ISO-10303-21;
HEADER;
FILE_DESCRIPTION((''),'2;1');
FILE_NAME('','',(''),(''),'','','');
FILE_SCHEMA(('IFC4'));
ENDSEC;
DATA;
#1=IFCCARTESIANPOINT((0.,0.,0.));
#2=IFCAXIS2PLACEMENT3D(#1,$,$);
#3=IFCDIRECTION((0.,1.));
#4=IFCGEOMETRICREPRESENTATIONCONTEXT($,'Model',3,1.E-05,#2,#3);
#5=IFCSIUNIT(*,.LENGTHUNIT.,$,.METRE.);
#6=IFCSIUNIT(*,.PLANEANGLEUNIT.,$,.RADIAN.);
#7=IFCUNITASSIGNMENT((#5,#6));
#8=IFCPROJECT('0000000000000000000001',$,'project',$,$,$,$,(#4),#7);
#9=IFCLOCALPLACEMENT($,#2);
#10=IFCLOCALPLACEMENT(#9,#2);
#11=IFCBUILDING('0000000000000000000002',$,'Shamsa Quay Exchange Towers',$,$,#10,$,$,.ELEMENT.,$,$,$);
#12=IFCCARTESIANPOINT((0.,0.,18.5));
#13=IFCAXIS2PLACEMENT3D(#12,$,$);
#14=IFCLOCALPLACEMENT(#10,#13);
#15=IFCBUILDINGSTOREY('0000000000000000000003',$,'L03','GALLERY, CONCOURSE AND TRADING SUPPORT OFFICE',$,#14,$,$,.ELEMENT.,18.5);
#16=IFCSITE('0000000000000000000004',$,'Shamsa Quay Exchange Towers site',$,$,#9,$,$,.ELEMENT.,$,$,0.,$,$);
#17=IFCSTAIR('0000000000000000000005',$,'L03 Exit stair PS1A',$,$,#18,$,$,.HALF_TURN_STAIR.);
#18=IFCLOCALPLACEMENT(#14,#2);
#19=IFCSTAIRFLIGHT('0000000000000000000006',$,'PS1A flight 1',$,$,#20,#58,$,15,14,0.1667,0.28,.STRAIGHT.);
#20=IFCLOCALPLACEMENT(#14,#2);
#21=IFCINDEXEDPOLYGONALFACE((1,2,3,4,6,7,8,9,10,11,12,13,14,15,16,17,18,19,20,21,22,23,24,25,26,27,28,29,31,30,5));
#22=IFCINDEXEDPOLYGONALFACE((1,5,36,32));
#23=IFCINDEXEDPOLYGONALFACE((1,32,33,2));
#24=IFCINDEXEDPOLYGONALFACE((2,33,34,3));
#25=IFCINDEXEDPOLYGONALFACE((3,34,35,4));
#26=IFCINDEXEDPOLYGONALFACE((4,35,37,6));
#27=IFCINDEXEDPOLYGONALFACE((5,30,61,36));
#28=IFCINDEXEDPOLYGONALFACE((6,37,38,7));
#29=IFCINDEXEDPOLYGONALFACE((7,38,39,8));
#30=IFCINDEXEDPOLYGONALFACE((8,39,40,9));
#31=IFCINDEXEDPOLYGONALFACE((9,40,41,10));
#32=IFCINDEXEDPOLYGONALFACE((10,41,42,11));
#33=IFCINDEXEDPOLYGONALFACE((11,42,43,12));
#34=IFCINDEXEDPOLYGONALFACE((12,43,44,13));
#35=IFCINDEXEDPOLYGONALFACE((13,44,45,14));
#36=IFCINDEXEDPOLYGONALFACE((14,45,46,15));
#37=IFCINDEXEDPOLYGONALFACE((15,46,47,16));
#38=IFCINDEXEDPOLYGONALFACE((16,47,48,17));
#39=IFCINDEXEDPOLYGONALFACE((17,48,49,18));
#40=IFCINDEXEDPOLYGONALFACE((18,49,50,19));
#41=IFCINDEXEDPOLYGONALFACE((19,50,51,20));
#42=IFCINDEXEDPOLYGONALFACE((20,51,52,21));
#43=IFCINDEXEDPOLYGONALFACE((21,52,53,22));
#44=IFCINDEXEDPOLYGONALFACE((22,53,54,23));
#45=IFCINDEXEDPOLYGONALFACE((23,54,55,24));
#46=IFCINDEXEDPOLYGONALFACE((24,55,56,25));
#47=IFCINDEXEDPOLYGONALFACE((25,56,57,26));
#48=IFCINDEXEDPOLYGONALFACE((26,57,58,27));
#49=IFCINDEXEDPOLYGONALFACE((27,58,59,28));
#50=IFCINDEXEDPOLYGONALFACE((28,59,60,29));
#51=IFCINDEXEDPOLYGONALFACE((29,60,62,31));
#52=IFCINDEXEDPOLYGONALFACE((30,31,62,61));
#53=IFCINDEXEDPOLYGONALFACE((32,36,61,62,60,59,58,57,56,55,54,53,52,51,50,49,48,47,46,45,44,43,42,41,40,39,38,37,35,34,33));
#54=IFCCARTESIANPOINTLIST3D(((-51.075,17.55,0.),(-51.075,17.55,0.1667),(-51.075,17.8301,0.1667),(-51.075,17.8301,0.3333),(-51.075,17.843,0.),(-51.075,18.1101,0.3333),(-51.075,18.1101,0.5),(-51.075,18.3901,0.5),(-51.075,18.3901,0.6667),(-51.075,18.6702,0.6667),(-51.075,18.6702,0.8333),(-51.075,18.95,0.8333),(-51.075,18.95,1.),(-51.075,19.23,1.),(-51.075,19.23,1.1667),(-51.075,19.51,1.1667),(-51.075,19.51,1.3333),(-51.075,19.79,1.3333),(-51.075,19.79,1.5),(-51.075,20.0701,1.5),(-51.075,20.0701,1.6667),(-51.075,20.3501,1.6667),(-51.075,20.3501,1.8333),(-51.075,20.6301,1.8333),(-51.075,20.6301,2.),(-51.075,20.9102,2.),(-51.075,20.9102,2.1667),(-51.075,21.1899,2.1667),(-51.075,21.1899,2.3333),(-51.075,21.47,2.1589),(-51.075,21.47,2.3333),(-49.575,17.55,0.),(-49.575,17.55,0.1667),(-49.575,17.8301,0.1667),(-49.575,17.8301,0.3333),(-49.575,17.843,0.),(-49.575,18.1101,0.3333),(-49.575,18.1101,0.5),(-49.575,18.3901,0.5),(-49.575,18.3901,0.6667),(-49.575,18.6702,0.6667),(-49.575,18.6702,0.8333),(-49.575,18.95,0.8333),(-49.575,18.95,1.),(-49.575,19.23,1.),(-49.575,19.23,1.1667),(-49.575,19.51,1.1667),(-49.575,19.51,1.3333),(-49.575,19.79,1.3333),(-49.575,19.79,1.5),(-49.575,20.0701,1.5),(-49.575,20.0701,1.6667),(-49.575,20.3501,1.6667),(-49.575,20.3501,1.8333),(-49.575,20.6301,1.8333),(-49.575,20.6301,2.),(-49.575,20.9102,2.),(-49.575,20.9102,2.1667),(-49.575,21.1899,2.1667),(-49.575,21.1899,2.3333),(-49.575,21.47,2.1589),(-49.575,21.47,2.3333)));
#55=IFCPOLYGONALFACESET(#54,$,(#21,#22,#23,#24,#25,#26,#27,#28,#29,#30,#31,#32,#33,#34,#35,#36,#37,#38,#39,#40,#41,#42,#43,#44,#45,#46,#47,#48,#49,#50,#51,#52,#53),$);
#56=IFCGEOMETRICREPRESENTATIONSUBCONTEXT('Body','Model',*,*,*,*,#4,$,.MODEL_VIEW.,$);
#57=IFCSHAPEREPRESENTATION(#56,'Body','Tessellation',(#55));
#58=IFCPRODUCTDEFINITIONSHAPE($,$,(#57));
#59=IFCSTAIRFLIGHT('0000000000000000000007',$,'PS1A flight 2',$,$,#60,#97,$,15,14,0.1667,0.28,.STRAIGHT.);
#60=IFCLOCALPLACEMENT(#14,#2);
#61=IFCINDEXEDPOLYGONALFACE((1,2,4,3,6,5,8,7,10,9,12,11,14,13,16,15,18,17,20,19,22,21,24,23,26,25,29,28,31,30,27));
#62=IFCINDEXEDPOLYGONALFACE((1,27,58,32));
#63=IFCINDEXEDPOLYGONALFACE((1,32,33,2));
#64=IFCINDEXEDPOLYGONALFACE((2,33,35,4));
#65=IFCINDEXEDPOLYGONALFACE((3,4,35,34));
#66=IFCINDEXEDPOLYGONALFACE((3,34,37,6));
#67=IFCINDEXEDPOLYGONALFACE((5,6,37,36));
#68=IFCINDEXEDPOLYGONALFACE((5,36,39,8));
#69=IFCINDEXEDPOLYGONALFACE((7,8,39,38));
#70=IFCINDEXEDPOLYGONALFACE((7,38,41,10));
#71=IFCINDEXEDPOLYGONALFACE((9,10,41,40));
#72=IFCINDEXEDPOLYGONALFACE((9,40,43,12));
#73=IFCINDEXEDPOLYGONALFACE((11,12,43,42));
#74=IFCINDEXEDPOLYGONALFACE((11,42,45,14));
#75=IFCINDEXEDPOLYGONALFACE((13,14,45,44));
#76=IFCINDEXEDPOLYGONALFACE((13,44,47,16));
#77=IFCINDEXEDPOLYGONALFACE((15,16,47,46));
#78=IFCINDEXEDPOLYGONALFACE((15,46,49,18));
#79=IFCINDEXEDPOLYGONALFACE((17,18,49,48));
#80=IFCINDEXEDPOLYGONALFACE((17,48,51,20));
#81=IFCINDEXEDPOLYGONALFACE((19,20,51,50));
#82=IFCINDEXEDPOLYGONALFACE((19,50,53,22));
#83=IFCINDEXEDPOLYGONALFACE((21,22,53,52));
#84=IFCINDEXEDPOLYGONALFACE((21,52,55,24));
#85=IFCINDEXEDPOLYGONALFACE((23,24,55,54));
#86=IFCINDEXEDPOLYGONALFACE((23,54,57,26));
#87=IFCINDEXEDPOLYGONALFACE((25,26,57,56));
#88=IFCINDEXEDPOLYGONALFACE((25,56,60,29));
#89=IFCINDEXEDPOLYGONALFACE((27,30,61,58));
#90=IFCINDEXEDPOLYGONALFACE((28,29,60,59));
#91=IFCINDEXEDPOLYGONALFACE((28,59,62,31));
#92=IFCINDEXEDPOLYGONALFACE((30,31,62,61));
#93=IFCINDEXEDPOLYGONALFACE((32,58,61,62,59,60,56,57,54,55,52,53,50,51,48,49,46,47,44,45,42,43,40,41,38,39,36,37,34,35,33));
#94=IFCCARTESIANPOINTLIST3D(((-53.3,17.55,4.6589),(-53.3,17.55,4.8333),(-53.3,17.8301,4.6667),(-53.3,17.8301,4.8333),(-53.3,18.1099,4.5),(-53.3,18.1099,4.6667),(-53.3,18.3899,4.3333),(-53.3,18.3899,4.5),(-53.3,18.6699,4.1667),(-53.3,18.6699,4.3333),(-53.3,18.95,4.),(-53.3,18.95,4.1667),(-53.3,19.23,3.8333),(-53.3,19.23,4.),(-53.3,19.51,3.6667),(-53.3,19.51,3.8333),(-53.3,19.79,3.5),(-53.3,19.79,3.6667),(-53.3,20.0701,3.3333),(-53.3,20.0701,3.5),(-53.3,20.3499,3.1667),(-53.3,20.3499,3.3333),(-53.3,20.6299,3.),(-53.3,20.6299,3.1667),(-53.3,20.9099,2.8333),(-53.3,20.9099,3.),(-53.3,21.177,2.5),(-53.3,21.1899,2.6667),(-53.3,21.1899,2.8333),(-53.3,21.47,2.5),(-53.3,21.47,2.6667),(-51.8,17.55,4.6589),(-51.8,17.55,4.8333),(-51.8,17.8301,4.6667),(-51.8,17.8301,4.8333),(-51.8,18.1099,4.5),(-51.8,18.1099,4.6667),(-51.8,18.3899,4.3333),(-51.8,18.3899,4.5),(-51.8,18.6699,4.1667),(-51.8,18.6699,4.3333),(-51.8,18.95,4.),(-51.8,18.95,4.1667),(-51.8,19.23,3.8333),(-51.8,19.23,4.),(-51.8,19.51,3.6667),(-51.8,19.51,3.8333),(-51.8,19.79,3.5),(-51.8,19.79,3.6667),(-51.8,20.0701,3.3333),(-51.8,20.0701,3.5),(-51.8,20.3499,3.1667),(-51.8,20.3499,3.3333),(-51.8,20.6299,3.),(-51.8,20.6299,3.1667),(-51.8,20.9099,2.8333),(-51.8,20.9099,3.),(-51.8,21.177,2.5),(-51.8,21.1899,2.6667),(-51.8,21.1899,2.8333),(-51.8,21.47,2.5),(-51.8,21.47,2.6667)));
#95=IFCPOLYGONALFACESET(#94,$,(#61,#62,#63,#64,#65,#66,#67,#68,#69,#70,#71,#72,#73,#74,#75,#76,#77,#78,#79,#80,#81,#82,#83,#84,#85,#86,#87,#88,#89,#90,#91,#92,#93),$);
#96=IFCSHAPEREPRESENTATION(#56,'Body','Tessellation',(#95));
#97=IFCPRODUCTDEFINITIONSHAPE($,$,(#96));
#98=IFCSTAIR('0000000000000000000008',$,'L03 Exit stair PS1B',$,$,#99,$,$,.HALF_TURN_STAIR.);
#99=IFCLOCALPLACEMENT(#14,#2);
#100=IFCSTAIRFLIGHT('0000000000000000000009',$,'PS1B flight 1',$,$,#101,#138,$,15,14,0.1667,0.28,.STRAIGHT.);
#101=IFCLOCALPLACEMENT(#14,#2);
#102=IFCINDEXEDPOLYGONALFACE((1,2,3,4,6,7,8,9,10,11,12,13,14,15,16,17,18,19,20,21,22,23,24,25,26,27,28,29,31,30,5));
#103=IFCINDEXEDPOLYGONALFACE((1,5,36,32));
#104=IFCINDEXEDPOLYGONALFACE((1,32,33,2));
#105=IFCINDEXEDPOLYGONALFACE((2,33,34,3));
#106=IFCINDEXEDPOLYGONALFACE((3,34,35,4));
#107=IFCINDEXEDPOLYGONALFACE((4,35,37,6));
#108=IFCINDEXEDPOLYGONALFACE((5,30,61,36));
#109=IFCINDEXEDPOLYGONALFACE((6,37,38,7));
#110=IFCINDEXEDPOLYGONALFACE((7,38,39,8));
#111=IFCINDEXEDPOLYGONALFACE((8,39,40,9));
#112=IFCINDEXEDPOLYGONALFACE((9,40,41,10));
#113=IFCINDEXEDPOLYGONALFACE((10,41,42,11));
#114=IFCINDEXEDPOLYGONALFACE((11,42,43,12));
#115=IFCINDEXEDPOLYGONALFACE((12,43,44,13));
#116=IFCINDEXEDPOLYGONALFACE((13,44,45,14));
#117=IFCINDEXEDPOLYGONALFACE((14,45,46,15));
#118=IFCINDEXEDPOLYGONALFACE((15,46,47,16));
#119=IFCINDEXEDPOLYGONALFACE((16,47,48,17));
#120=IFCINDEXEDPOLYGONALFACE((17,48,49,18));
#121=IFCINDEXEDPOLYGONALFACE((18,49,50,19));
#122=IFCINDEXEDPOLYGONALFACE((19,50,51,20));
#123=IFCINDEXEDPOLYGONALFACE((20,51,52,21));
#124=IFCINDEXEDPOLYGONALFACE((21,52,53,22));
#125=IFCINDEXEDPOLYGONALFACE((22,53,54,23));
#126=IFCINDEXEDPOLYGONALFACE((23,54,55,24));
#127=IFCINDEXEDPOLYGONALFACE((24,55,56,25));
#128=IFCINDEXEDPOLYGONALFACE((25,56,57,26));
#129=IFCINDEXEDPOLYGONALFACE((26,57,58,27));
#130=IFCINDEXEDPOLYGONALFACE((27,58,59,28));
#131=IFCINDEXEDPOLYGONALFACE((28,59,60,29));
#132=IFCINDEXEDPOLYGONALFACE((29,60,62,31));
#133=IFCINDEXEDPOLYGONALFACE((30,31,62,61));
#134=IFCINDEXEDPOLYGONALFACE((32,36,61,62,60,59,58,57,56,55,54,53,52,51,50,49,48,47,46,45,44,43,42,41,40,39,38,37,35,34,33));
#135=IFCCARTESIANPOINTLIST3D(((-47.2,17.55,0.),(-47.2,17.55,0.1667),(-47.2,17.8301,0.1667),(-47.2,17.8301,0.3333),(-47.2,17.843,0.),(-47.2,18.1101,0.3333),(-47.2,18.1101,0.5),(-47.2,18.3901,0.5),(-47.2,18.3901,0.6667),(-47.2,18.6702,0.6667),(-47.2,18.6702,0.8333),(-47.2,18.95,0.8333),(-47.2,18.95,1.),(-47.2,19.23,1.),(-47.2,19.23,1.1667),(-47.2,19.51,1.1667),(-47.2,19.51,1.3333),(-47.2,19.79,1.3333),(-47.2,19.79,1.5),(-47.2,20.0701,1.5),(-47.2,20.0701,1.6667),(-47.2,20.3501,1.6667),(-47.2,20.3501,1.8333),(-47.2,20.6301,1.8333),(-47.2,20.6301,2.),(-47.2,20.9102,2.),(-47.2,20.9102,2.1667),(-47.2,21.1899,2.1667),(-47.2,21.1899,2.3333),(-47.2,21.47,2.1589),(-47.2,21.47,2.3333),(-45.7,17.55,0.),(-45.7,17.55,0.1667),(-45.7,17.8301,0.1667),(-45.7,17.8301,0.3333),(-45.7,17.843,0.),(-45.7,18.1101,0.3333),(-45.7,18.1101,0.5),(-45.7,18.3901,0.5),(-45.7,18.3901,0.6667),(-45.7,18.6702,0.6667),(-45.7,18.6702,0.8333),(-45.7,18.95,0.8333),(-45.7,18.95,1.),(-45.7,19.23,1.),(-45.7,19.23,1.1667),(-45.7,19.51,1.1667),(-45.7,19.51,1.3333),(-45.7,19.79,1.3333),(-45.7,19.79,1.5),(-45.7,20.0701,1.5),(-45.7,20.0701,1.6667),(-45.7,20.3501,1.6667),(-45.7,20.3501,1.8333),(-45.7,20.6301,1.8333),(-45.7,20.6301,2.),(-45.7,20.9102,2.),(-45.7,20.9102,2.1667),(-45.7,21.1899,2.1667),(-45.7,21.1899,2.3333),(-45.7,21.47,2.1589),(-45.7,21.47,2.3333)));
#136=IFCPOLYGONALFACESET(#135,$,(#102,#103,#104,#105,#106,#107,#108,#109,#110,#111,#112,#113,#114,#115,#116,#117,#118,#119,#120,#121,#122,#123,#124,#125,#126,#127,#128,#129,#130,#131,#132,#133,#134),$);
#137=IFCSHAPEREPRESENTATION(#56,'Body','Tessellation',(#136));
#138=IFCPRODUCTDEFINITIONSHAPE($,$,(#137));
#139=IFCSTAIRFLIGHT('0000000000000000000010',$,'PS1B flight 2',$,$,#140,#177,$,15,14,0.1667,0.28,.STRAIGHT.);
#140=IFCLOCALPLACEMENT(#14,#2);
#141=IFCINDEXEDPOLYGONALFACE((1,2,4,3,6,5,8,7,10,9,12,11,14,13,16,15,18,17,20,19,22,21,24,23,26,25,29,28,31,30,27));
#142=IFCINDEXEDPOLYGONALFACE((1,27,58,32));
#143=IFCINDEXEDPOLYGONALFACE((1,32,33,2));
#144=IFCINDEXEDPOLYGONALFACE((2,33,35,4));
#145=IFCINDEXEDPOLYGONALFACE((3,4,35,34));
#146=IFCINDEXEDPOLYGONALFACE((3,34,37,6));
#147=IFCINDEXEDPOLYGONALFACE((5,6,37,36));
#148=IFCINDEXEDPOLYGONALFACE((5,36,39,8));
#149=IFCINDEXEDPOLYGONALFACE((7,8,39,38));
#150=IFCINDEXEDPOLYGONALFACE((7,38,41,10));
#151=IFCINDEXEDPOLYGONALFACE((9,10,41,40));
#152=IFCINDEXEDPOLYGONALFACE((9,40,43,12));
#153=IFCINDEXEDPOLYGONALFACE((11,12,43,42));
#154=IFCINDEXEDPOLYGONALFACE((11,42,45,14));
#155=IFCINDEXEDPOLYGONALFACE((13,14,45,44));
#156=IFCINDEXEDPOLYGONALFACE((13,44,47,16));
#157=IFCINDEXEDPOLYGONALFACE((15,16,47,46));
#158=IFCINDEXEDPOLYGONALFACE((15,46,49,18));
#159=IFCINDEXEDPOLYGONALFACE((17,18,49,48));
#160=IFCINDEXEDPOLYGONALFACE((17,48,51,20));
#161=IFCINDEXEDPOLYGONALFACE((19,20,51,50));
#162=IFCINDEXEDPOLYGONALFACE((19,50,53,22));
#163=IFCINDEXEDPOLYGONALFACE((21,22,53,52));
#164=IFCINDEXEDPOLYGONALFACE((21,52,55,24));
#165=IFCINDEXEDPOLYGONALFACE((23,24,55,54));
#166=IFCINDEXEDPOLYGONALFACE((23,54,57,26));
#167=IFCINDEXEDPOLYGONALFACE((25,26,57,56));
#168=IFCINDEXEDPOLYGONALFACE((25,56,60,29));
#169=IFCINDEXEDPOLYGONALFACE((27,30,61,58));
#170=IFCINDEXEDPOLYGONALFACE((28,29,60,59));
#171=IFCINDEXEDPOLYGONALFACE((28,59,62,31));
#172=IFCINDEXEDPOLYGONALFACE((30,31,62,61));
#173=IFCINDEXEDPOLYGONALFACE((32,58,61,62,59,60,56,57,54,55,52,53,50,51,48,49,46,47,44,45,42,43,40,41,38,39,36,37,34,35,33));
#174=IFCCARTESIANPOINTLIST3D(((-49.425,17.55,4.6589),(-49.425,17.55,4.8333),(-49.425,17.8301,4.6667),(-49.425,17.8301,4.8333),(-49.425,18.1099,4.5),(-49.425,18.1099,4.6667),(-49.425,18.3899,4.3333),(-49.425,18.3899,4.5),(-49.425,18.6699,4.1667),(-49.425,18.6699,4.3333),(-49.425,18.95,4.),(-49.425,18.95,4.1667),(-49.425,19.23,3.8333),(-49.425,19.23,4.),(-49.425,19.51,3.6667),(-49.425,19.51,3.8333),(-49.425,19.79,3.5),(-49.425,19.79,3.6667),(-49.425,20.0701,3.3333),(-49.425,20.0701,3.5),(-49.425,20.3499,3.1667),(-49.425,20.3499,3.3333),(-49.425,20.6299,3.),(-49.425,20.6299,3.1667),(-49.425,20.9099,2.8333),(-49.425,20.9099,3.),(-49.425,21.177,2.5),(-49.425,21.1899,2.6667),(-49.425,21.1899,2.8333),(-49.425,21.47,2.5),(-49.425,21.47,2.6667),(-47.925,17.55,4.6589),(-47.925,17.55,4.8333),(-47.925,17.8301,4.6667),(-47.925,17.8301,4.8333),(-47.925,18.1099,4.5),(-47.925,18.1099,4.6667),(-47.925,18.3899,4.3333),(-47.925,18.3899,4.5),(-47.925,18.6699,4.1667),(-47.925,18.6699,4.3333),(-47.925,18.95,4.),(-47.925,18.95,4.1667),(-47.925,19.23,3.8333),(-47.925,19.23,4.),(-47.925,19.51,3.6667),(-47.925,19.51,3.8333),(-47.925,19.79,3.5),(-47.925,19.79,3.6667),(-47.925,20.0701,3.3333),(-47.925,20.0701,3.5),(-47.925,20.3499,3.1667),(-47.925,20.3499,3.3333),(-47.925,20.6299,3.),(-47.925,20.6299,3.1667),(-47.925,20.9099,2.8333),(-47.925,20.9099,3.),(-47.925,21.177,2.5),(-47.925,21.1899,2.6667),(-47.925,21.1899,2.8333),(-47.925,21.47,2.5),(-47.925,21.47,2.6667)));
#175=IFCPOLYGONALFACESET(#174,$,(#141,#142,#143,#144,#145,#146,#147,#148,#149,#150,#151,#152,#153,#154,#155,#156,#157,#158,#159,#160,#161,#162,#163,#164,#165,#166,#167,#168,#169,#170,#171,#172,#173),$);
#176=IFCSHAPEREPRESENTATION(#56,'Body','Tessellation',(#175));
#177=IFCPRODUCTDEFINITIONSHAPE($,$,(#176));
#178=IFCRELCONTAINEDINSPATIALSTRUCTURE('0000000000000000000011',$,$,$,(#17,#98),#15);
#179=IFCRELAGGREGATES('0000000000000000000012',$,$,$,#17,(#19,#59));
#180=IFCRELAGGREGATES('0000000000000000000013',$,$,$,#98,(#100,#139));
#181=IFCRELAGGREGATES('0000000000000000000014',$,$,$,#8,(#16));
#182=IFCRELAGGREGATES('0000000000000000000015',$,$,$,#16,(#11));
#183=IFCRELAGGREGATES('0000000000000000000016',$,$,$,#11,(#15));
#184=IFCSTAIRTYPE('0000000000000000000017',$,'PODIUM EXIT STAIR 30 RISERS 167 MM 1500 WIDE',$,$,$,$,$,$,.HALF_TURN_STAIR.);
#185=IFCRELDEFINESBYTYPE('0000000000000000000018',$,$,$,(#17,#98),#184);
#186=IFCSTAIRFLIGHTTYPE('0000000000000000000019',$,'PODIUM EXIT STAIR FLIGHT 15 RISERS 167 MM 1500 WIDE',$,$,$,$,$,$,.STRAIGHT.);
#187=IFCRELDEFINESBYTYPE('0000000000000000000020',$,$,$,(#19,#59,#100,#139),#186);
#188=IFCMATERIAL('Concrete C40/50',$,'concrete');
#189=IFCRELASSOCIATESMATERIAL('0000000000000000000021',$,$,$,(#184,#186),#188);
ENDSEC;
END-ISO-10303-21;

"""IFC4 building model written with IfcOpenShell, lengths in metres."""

from ifc_helpers import new_model, si_unit, direction, frame, origin, place, context, subcontext, project, spatial, polyline, outline, extrude, material, type_object, element, aggregate, save


model = new_model("IFC4")

# Units and contexts
model_context = context("Model", 3, precision=1e-05, world=origin(), true_north=direction((0.0, 1.0)))
body_context = subcontext(model_context, "Body", "Model", "MODEL_VIEW")
ifc_project = project(units=[si_unit("LENGTHUNIT", "METRE"), si_unit("PLANEANGLEUNIT", "RADIAN")], contexts=[model_context])

# Site, building, storey
site_placement = place(None, origin())
site = spatial("IfcSite", under=ifc_project, at=site_placement, Name="Shamsa Quay Exchange Towers site", CompositionType="ELEMENT", RefElevation=0.0)
building_placement = place(site_placement, origin())
building = spatial("IfcBuilding", under=site, at=building_placement, Name="Shamsa Quay Exchange Towers", CompositionType="ELEMENT")
storey_placement = place(building_placement, frame((0.0, 0.0, 18.5)))
storey = spatial("IfcBuildingStorey", under=building, at=storey_placement, Name="L03", Description="GALLERY, CONCOURSE AND TRADING SUPPORT OFFICE", CompositionType="ELEMENT", Elevation=18.5)

# Stairs, stair flights
ifc_material_1 = material(Name="Concrete C40/50", Category="concrete")
stair_type = type_object("IfcStairType", Name="PODIUM EXIT STAIR 30 RISERS 167 MM 1500 WIDE", PredefinedType="HALF_TURN_STAIR", material=ifc_material_1)
stair_1_placement = place(storey_placement, origin())
stair_1 = element("IfcStair", 1, at=stair_1_placement, inside=storey, type_object=stair_type, Name="L03 Exit stair PS1A", PredefinedType="HALF_TURN_STAIR")
stair_flight_type = type_object("IfcStairFlightType", Name="PODIUM EXIT STAIR FLIGHT 15 RISERS 167 MM 1500 WIDE", PredefinedType="STRAIGHT", material=ifc_material_1)
stair_flight_1_placement = place(storey_placement, frame((-50.325, 17.55, 0.0), z_axis=(0.0, 0.0, 1.0), x_axis=(0.0, 1.0, 0.0)))
stair_flight_1 = element("IfcStairFlight", 2, at=stair_flight_1_placement, type_object=stair_flight_type, Name="PS1A flight 1", NumberOfRisers=15, NumberOfTreads=14, PredefinedType="STRAIGHT", RiserHeight=0.1667, TreadLength=0.28, context=body_context, shape_type="SweptSolid", body=[
    extrude(outline(polyline([(0.0, 0.0), (0.0, 0.1667), (0.28, 0.1667), (0.28, 0.3333), (0.5601, 0.3333), (0.5601, 0.5), (0.8401, 0.5), (0.8401, 0.6667), (1.1201, 0.6667), (1.1201, 0.8333), (1.3999, 0.8333), (1.3999, 1.0), (1.6799, 1.0), (1.6799, 1.1667), (1.96, 1.1667), (1.96, 1.3333), (2.24, 1.3333), (2.24, 1.5), (2.52, 1.5), (2.52, 1.6667), (2.8, 1.6667), (2.8, 1.8333), (3.0801, 1.8333), (3.0801, 2.0), (3.3601, 2.0), (3.3601, 2.1667), (3.6399, 2.1667), (3.6399, 2.3333), (3.9199, 2.3333), (3.9199, 2.5), (3.9199, 2.1589), (0.293, 0.0), (0.0, 0.0)])), frame((0.0, 0.75, 0.0), z_axis=(0.0, -1.0, 0.0), x_axis=(1.0, 0.0, 0.0)), (0.0, 0.0, 1.0), 1.5),
])
stair_flight_2_placement = place(storey_placement, frame((-52.55, 21.47, 2.5), z_axis=(0.0, 0.0, 1.0), x_axis=(0.0, -1.0, 0.0)))
stair_flight_2 = element("IfcStairFlight", 3, at=stair_flight_2_placement, type_object=stair_flight_type, Name="PS1A flight 2", NumberOfRisers=15, NumberOfTreads=14, PredefinedType="STRAIGHT", RiserHeight=0.1667, TreadLength=0.28, context=body_context, shape_type="SweptSolid", body=[
    extrude(outline(polyline([(0.0, 0.0), (0.0, 0.1667), (0.28, 0.1667), (0.28, 0.3333), (0.5601, 0.3333), (0.5601, 0.5), (0.8401, 0.5), (0.8401, 0.6667), (1.1201, 0.6667), (1.1201, 0.8333), (1.3999, 0.8333), (1.3999, 1.0), (1.6799, 1.0), (1.6799, 1.1667), (1.96, 1.1667), (1.96, 1.3333), (2.24, 1.3333), (2.24, 1.5), (2.52, 1.5), (2.52, 1.6667), (2.8, 1.6667), (2.8, 1.8333), (3.0801, 1.8333), (3.0801, 2.0), (3.3601, 2.0), (3.3601, 2.1667), (3.6399, 2.1667), (3.6399, 2.3333), (3.9199, 2.3333), (3.9199, 2.5), (3.9199, 2.1589), (0.293, 0.0), (0.0, 0.0)])), frame((0.0, 0.75, 0.0), z_axis=(0.0, -1.0, 0.0), x_axis=(1.0, 0.0, 0.0)), (0.0, 0.0, 1.0), 1.5),
])
aggregate(stair_1, [stair_flight_1, stair_flight_2])
stair_2_placement = place(storey_placement, origin())
stair_2 = element("IfcStair", 4, at=stair_2_placement, inside=storey, type_object=stair_type, Name="L03 Exit stair PS1B", PredefinedType="HALF_TURN_STAIR")
stair_flight_3_placement = place(storey_placement, frame((-46.45, 17.55, 0.0), z_axis=(0.0, 0.0, 1.0), x_axis=(0.0, 1.0, 0.0)))
stair_flight_3 = element("IfcStairFlight", 5, at=stair_flight_3_placement, type_object=stair_flight_type, Name="PS1B flight 1", NumberOfRisers=15, NumberOfTreads=14, PredefinedType="STRAIGHT", RiserHeight=0.1667, TreadLength=0.28, context=body_context, shape_type="SweptSolid", body=[
    extrude(outline(polyline([(0.0, 0.0), (0.0, 0.1667), (0.28, 0.1667), (0.28, 0.3333), (0.5601, 0.3333), (0.5601, 0.5), (0.8401, 0.5), (0.8401, 0.6667), (1.1201, 0.6667), (1.1201, 0.8333), (1.3999, 0.8333), (1.3999, 1.0), (1.6799, 1.0), (1.6799, 1.1667), (1.96, 1.1667), (1.96, 1.3333), (2.24, 1.3333), (2.24, 1.5), (2.52, 1.5), (2.52, 1.6667), (2.8, 1.6667), (2.8, 1.8333), (3.0801, 1.8333), (3.0801, 2.0), (3.3601, 2.0), (3.3601, 2.1667), (3.6399, 2.1667), (3.6399, 2.3333), (3.9199, 2.3333), (3.9199, 2.5), (3.9199, 2.1589), (0.293, 0.0), (0.0, 0.0)])), frame((0.0, 0.75, 0.0), z_axis=(0.0, -1.0, 0.0), x_axis=(1.0, 0.0, 0.0)), (0.0, 0.0, 1.0), 1.5),
])
stair_flight_4_placement = place(storey_placement, frame((-48.675, 21.47, 2.5), z_axis=(0.0, 0.0, 1.0), x_axis=(0.0, -1.0, 0.0)))
stair_flight_4 = element("IfcStairFlight", 6, at=stair_flight_4_placement, type_object=stair_flight_type, Name="PS1B flight 2", NumberOfRisers=15, NumberOfTreads=14, PredefinedType="STRAIGHT", RiserHeight=0.1667, TreadLength=0.28, context=body_context, shape_type="SweptSolid", body=[
    extrude(outline(polyline([(0.0, 0.0), (0.0, 0.1667), (0.28, 0.1667), (0.28, 0.3333), (0.5601, 0.3333), (0.5601, 0.5), (0.8401, 0.5), (0.8401, 0.6667), (1.1201, 0.6667), (1.1201, 0.8333), (1.3999, 0.8333), (1.3999, 1.0), (1.6799, 1.0), (1.6799, 1.1667), (1.96, 1.1667), (1.96, 1.3333), (2.24, 1.3333), (2.24, 1.5), (2.52, 1.5), (2.52, 1.6667), (2.8, 1.6667), (2.8, 1.8333), (3.0801, 1.8333), (3.0801, 2.0), (3.3601, 2.0), (3.3601, 2.1667), (3.6399, 2.1667), (3.6399, 2.3333), (3.9199, 2.3333), (3.9199, 2.5), (3.9199, 2.1589), (0.293, 0.0), (0.0, 0.0)])), frame((0.0, 0.75, 0.0), z_axis=(0.0, -1.0, 0.0), x_axis=(1.0, 0.0, 0.0)), (0.0, 0.0, 1.0), 1.5),
])
aggregate(stair_2, [stair_flight_3, stair_flight_4])

save(model, "model.ifc")
